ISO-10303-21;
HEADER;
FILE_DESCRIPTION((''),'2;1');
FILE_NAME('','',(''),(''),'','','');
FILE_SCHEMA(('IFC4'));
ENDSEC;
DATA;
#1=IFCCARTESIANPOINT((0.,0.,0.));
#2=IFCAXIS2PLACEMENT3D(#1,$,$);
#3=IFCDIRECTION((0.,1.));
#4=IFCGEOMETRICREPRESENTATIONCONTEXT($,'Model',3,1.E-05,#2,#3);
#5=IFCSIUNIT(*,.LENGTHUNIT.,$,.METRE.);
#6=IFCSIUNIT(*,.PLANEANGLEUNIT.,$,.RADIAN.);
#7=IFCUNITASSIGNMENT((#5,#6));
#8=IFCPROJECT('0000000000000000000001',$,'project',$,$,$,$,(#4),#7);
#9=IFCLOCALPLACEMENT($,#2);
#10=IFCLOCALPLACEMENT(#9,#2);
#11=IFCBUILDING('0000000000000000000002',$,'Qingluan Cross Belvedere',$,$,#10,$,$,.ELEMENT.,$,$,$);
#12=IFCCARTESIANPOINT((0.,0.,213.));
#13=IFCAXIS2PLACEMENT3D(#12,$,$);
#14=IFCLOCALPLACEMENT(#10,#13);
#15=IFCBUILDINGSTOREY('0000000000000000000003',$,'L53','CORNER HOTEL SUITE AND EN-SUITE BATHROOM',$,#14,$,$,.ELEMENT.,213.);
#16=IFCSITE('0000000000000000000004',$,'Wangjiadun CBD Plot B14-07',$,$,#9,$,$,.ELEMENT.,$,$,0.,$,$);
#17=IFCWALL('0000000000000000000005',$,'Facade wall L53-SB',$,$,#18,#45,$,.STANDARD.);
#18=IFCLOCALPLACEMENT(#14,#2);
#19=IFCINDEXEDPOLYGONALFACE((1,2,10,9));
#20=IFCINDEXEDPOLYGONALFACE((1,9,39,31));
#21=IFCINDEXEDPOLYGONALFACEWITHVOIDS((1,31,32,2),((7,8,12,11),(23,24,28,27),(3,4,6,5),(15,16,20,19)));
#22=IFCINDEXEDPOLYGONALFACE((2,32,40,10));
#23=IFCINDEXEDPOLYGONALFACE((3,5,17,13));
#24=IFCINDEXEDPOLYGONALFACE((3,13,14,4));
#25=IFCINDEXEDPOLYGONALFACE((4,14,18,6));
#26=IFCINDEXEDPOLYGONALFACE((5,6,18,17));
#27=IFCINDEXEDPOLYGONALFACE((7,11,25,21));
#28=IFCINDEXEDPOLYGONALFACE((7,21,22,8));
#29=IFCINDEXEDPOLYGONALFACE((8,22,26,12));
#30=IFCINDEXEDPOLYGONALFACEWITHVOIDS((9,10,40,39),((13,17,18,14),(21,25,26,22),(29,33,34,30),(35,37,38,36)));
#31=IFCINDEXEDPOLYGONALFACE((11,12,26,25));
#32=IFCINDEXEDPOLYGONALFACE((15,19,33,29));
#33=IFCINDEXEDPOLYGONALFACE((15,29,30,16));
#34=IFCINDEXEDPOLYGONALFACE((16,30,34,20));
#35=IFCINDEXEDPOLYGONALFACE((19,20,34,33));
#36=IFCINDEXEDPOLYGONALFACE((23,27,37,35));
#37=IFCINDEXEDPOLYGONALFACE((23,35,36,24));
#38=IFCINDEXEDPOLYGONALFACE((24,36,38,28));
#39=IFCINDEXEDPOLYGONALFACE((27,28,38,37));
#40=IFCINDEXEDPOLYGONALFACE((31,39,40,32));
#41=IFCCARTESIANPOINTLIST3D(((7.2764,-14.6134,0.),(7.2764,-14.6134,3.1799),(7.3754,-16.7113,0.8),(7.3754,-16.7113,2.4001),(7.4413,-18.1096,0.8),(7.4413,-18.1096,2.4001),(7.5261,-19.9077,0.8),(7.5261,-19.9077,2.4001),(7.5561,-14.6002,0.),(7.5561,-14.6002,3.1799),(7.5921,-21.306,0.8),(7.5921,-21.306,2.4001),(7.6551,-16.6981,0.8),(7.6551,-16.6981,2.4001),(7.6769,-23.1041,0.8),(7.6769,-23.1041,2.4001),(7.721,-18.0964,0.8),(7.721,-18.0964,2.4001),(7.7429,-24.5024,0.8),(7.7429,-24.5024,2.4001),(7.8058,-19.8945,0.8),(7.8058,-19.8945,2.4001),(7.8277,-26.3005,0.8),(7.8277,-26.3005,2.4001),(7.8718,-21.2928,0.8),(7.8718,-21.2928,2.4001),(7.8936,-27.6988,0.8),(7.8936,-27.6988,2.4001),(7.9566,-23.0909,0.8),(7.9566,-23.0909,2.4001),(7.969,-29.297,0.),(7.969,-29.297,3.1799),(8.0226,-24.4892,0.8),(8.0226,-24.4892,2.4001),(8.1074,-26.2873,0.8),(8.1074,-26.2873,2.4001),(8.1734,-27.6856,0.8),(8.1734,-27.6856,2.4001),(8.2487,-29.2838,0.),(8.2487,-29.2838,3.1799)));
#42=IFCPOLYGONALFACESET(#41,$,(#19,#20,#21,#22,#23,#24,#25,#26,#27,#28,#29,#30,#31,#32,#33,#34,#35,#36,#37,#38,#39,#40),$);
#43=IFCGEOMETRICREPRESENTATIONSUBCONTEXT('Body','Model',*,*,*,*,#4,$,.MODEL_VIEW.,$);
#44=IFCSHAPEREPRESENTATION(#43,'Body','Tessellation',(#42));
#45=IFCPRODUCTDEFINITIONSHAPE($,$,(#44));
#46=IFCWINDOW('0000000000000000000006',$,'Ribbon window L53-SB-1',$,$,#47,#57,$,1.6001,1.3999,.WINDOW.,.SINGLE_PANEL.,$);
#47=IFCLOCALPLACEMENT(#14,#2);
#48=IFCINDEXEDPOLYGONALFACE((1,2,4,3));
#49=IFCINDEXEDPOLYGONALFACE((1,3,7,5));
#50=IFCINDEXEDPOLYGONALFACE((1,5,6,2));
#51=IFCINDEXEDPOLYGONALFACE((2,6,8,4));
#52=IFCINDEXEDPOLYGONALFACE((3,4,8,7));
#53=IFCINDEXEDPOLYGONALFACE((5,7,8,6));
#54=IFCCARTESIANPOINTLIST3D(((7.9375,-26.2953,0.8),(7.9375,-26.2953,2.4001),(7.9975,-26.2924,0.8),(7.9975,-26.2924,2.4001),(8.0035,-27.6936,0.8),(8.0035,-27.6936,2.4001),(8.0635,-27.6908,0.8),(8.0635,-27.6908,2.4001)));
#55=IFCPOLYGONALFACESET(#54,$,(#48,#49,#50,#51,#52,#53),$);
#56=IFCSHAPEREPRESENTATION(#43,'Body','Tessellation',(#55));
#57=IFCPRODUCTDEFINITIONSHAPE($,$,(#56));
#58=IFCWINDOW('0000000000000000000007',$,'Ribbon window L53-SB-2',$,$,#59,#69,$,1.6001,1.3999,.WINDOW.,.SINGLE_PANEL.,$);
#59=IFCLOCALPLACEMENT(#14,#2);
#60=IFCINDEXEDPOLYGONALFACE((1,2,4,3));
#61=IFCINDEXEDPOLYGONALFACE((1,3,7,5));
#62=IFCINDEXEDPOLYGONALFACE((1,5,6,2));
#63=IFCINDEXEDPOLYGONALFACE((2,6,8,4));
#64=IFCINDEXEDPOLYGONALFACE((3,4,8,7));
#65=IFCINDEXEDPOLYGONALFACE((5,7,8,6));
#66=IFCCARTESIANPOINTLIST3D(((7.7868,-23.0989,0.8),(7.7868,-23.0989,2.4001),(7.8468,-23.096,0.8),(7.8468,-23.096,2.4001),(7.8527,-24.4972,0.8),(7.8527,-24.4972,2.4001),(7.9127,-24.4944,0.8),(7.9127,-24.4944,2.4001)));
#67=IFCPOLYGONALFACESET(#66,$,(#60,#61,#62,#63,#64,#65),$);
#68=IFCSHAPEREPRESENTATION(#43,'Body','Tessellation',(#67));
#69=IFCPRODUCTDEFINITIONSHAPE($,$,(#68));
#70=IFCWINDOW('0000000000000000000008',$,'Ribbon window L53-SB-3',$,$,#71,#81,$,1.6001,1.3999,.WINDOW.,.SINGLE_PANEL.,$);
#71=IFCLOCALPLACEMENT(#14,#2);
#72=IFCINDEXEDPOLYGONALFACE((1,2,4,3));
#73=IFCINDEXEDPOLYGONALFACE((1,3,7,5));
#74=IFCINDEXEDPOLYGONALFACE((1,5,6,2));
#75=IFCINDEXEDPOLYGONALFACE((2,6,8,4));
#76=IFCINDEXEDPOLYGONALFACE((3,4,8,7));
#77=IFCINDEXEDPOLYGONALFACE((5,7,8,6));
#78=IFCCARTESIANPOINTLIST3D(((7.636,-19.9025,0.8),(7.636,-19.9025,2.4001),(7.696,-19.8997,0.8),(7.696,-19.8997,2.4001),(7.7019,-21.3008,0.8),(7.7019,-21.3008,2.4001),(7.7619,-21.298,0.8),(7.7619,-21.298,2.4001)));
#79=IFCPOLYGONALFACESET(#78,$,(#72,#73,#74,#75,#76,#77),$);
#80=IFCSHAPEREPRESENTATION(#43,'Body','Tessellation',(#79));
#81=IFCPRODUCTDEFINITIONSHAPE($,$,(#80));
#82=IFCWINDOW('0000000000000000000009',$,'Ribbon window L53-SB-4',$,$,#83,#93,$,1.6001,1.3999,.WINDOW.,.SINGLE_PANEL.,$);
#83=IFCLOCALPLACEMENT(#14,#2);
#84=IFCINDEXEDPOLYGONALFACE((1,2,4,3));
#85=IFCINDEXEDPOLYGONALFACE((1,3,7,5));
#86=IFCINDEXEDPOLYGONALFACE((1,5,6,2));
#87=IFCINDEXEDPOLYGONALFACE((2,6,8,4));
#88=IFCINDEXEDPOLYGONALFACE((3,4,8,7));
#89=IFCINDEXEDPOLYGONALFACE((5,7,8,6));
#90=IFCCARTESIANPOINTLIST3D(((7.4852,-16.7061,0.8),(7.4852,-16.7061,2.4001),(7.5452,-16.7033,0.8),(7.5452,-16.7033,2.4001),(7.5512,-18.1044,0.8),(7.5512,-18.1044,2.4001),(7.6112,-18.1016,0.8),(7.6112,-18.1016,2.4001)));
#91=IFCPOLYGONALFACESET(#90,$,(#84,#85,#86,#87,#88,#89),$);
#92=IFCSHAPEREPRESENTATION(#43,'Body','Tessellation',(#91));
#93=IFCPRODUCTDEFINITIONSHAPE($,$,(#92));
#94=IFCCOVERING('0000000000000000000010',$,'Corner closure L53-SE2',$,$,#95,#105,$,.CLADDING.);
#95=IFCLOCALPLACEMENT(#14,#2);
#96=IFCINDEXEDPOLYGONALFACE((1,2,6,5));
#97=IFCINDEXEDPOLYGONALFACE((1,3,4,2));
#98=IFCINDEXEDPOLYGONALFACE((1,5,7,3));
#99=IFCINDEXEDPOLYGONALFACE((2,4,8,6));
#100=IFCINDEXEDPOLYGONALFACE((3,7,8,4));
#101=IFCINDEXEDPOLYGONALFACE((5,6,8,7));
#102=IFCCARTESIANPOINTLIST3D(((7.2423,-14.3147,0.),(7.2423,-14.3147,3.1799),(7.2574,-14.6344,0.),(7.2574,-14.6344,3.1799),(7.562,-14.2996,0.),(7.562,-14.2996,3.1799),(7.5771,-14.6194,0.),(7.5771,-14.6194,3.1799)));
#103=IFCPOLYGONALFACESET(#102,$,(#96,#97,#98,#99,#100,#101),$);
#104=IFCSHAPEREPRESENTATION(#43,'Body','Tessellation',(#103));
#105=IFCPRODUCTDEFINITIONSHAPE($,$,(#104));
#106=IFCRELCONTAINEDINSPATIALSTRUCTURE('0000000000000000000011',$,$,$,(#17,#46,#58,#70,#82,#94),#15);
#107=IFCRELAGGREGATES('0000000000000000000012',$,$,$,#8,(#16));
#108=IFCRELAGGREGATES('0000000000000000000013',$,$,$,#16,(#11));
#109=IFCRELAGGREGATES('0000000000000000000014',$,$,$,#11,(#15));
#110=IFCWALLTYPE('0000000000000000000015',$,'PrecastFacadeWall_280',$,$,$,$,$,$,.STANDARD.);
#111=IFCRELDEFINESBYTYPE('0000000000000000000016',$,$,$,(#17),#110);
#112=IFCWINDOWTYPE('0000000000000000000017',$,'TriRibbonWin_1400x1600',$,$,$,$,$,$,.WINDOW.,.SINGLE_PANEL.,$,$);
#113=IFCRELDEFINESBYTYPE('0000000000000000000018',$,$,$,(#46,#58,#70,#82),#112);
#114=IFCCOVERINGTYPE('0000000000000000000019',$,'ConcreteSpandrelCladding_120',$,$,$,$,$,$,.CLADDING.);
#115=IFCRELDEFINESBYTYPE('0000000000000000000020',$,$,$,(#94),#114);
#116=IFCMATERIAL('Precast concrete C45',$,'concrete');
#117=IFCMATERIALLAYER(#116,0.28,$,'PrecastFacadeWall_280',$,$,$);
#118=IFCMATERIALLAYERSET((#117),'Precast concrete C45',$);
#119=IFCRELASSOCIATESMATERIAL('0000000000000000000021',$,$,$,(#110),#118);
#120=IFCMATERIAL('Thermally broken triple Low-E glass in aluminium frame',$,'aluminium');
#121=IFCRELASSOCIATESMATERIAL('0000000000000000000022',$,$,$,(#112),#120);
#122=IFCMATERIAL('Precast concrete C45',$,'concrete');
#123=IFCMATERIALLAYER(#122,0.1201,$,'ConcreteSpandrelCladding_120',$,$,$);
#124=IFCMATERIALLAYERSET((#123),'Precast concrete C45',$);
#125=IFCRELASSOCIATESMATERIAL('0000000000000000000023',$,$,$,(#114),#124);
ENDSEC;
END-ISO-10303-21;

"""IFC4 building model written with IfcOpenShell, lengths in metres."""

from ifc_helpers import new_model, si_unit, direction, frame, frame_2d, origin, origin_2d, place, context, subcontext, project, spatial, rectangle, extrude, material, layer, layer_set, type_object, element, fill, save


model = new_model("IFC4")

# Units and contexts
model_context = context("Model", 3, precision=1e-05, world=origin(), true_north=direction((0.0, 1.0)))
body_context = subcontext(model_context, "Body", "Model", "MODEL_VIEW")
ifc_project = project(units=[si_unit("LENGTHUNIT", "METRE"), si_unit("PLANEANGLEUNIT", "RADIAN")], contexts=[model_context])

# Site, building, storey
site_placement = place(None, origin())
site = spatial("IfcSite", under=ifc_project, at=site_placement, Name="Wangjiadun CBD Plot B14-07", CompositionType="ELEMENT", RefElevation=0.0)
building_placement = place(site_placement, origin())
building = spatial("IfcBuilding", under=site, at=building_placement, Name="Qingluan Cross Belvedere", CompositionType="ELEMENT")
storey_placement = place(building_placement, frame((0.0, 0.0, 213.0)))
storey = spatial("IfcBuildingStorey", under=building, at=storey_placement, Name="L53", Description="CORNER HOTEL SUITE AND EN-SUITE BATHROOM", CompositionType="ELEMENT", Elevation=213.0)

# Wall, openings, windows
ifc_material_1 = material(Name="Precast concrete C45", Category="concrete")
ifc_layer_1 = layer(ifc_material_1, 0.28, Name="PrecastFacadeWall_280")
ifc_layer_set_1 = layer_set([ifc_layer_1], Name="Precast concrete C45")
wall_type_1 = type_object("IfcWallType", Name="PrecastFacadeWall_280", PredefinedType="STANDARD", material=ifc_layer_set_1)
wall_1_placement = place(storey_placement, frame((8.1089, -29.2905, 0.0), z_axis=(0.0, 0.0, 1.0), x_axis=(-0.047118, 0.998889, 0.0)))
wall_1 = element("IfcWall", 1, at=wall_1_placement, inside=storey, type_object=wall_type_1, Name="Facade wall L53-SB", PredefinedType="STANDARD", context=body_context, shape_type="SweptSolid", body=[
    extrude(rectangle(XDim=14.7, YDim=0.28, at=frame_2d((7.3501, 0.0))), origin(), (0.0, 0.0, 1.0), 3.1799),
])
opening_1_placement = place(wall_1_placement, frame((1.6001, 0.0, 0.8)))
opening_1 = element("IfcOpeningElement", 2, at=opening_1_placement, cuts=wall_1, PredefinedType="OPENING", context=body_context, shape_type="SweptSolid", body=[
    extrude(rectangle(XDim=1.3999, YDim=1.6001, at=frame_2d((0.7, 0.8))), frame((0.0, 0.1499, 0.0), z_axis=(0.0, -1.0, 0.0), x_axis=(1.0, 0.0, 0.0)), (0.0, 0.0, 1.0), 0.3),
])
opening_2_placement = place(wall_1_placement, frame((4.8, 0.0, 0.8)))
opening_2 = element("IfcOpeningElement", 3, at=opening_2_placement, cuts=wall_1, PredefinedType="OPENING", context=body_context, shape_type="SweptSolid", body=[
    extrude(rectangle(XDim=1.3999, YDim=1.6001, at=frame_2d((0.7, 0.8))), frame((0.0, 0.1499, 0.0), z_axis=(0.0, -1.0, 0.0), x_axis=(1.0, 0.0, 0.0)), (0.0, 0.0, 1.0), 0.3),
])
opening_3_placement = place(wall_1_placement, frame((8.0, 0.0, 0.8)))
opening_3 = element("IfcOpeningElement", 4, at=opening_3_placement, cuts=wall_1, PredefinedType="OPENING", context=body_context, shape_type="SweptSolid", body=[
    extrude(rectangle(XDim=1.3999, YDim=1.6001, at=frame_2d((0.7, 0.8))), frame((0.0, 0.1499, 0.0), z_axis=(0.0, -1.0, 0.0), x_axis=(1.0, 0.0, 0.0)), (0.0, 0.0, 1.0), 0.3),
])
opening_4_placement = place(wall_1_placement, frame((11.2, 0.0, 0.8)))
opening_4 = element("IfcOpeningElement", 5, at=opening_4_placement, cuts=wall_1, PredefinedType="OPENING", context=body_context, shape_type="SweptSolid", body=[
    extrude(rectangle(XDim=1.3999, YDim=1.6001, at=frame_2d((0.7, 0.8))), frame((0.0, 0.1499, 0.0), z_axis=(0.0, -1.0, 0.0), x_axis=(1.0, 0.0, 0.0)), (0.0, 0.0, 1.0), 0.3),
])
ifc_material_2 = material(Name="Thermally broken triple Low-E glass in aluminium frame", Category="aluminium")
window_type = type_object("IfcWindowType", Name="TriRibbonWin_1400x1600", PartitioningType="SINGLE_PANEL", PredefinedType="WINDOW", material=ifc_material_2)
window_1_placement = place(opening_1_placement, origin())
window_1 = element("IfcWindow", 6, at=window_1_placement, inside=storey, type_object=window_type, Name="Ribbon window L53-SB-1", OverallHeight=1.6001, OverallWidth=1.3999, PartitioningType="SINGLE_PANEL", PredefinedType="WINDOW", context=body_context, shape_type="SweptSolid", body=[
    extrude(rectangle(XDim=1.3999, YDim=1.6001, at=frame_2d((0.7, 0.8))), frame((0.0, 0.03, 0.0), z_axis=(0.0, -1.0, 0.0), x_axis=(1.0, 0.0, 0.0)), (0.0, 0.0, 1.0), 0.0601),
])
fill(opening_1, window_1)
window_2_placement = place(opening_2_placement, origin())
window_2 = element("IfcWindow", 7, at=window_2_placement, inside=storey, type_object=window_type, Name="Ribbon window L53-SB-2", OverallHeight=1.6001, OverallWidth=1.3999, PartitioningType="SINGLE_PANEL", PredefinedType="WINDOW", context=body_context, shape_type="SweptSolid", body=[
    extrude(rectangle(XDim=1.3999, YDim=1.6001, at=frame_2d((0.7, 0.8))), frame((0.0, 0.03, 0.0), z_axis=(0.0, -1.0, 0.0), x_axis=(1.0, 0.0, 0.0)), (0.0, 0.0, 1.0), 0.0601),
])
fill(opening_2, window_2)
window_3_placement = place(opening_3_placement, origin())
window_3 = element("IfcWindow", 8, at=window_3_placement, inside=storey, type_object=window_type, Name="Ribbon window L53-SB-3", OverallHeight=1.6001, OverallWidth=1.3999, PartitioningType="SINGLE_PANEL", PredefinedType="WINDOW", context=body_context, shape_type="SweptSolid", body=[
    extrude(rectangle(XDim=1.3999, YDim=1.6001, at=frame_2d((0.7, 0.8))), frame((0.0, 0.03, 0.0), z_axis=(0.0, -1.0, 0.0), x_axis=(1.0, 0.0, 0.0)), (0.0, 0.0, 1.0), 0.0601),
])
fill(opening_3, window_3)
window_4_placement = place(opening_4_placement, origin())
window_4 = element("IfcWindow", 9, at=window_4_placement, inside=storey, type_object=window_type, Name="Ribbon window L53-SB-4", OverallHeight=1.6001, OverallWidth=1.3999, PartitioningType="SINGLE_PANEL", PredefinedType="WINDOW", context=body_context, shape_type="SweptSolid", body=[
    extrude(rectangle(XDim=1.3999, YDim=1.6001, at=frame_2d((0.7, 0.8))), frame((0.0, 0.03, 0.0), z_axis=(0.0, -1.0, 0.0), x_axis=(1.0, 0.0, 0.0)), (0.0, 0.0, 1.0), 0.0601),
])
fill(opening_4, window_4)

# Covering
ifc_material_3 = material(Name="Precast concrete C45", Category="concrete")
ifc_layer_2 = layer(ifc_material_3, 0.1201, Name="ConcreteSpandrelCladding_120")
ifc_layer_set_2 = layer_set([ifc_layer_2], Name="Precast concrete C45")
covering_type = type_object("IfcCoveringType", Name="ConcreteSpandrelCladding_120", PredefinedType="CLADDING", material=ifc_layer_set_2)
covering_placement = place(storey_placement, frame((7.4097, -14.467, 0.0), z_axis=(0.0, 0.0, 1.0), x_axis=(0.99889, 0.047106, 0.0)))
element("IfcCovering", 10, at=covering_placement, inside=storey, type_object=covering_type, Name="Corner closure L53-SE2", PredefinedType="CLADDING", context=body_context, shape_type="SweptSolid", body=[
    extrude(rectangle(XDim=0.3201, YDim=0.3201, at=origin_2d()), origin(), (0.0, 0.0, 1.0), 3.1799),
])

save(model, "model.ifc")
